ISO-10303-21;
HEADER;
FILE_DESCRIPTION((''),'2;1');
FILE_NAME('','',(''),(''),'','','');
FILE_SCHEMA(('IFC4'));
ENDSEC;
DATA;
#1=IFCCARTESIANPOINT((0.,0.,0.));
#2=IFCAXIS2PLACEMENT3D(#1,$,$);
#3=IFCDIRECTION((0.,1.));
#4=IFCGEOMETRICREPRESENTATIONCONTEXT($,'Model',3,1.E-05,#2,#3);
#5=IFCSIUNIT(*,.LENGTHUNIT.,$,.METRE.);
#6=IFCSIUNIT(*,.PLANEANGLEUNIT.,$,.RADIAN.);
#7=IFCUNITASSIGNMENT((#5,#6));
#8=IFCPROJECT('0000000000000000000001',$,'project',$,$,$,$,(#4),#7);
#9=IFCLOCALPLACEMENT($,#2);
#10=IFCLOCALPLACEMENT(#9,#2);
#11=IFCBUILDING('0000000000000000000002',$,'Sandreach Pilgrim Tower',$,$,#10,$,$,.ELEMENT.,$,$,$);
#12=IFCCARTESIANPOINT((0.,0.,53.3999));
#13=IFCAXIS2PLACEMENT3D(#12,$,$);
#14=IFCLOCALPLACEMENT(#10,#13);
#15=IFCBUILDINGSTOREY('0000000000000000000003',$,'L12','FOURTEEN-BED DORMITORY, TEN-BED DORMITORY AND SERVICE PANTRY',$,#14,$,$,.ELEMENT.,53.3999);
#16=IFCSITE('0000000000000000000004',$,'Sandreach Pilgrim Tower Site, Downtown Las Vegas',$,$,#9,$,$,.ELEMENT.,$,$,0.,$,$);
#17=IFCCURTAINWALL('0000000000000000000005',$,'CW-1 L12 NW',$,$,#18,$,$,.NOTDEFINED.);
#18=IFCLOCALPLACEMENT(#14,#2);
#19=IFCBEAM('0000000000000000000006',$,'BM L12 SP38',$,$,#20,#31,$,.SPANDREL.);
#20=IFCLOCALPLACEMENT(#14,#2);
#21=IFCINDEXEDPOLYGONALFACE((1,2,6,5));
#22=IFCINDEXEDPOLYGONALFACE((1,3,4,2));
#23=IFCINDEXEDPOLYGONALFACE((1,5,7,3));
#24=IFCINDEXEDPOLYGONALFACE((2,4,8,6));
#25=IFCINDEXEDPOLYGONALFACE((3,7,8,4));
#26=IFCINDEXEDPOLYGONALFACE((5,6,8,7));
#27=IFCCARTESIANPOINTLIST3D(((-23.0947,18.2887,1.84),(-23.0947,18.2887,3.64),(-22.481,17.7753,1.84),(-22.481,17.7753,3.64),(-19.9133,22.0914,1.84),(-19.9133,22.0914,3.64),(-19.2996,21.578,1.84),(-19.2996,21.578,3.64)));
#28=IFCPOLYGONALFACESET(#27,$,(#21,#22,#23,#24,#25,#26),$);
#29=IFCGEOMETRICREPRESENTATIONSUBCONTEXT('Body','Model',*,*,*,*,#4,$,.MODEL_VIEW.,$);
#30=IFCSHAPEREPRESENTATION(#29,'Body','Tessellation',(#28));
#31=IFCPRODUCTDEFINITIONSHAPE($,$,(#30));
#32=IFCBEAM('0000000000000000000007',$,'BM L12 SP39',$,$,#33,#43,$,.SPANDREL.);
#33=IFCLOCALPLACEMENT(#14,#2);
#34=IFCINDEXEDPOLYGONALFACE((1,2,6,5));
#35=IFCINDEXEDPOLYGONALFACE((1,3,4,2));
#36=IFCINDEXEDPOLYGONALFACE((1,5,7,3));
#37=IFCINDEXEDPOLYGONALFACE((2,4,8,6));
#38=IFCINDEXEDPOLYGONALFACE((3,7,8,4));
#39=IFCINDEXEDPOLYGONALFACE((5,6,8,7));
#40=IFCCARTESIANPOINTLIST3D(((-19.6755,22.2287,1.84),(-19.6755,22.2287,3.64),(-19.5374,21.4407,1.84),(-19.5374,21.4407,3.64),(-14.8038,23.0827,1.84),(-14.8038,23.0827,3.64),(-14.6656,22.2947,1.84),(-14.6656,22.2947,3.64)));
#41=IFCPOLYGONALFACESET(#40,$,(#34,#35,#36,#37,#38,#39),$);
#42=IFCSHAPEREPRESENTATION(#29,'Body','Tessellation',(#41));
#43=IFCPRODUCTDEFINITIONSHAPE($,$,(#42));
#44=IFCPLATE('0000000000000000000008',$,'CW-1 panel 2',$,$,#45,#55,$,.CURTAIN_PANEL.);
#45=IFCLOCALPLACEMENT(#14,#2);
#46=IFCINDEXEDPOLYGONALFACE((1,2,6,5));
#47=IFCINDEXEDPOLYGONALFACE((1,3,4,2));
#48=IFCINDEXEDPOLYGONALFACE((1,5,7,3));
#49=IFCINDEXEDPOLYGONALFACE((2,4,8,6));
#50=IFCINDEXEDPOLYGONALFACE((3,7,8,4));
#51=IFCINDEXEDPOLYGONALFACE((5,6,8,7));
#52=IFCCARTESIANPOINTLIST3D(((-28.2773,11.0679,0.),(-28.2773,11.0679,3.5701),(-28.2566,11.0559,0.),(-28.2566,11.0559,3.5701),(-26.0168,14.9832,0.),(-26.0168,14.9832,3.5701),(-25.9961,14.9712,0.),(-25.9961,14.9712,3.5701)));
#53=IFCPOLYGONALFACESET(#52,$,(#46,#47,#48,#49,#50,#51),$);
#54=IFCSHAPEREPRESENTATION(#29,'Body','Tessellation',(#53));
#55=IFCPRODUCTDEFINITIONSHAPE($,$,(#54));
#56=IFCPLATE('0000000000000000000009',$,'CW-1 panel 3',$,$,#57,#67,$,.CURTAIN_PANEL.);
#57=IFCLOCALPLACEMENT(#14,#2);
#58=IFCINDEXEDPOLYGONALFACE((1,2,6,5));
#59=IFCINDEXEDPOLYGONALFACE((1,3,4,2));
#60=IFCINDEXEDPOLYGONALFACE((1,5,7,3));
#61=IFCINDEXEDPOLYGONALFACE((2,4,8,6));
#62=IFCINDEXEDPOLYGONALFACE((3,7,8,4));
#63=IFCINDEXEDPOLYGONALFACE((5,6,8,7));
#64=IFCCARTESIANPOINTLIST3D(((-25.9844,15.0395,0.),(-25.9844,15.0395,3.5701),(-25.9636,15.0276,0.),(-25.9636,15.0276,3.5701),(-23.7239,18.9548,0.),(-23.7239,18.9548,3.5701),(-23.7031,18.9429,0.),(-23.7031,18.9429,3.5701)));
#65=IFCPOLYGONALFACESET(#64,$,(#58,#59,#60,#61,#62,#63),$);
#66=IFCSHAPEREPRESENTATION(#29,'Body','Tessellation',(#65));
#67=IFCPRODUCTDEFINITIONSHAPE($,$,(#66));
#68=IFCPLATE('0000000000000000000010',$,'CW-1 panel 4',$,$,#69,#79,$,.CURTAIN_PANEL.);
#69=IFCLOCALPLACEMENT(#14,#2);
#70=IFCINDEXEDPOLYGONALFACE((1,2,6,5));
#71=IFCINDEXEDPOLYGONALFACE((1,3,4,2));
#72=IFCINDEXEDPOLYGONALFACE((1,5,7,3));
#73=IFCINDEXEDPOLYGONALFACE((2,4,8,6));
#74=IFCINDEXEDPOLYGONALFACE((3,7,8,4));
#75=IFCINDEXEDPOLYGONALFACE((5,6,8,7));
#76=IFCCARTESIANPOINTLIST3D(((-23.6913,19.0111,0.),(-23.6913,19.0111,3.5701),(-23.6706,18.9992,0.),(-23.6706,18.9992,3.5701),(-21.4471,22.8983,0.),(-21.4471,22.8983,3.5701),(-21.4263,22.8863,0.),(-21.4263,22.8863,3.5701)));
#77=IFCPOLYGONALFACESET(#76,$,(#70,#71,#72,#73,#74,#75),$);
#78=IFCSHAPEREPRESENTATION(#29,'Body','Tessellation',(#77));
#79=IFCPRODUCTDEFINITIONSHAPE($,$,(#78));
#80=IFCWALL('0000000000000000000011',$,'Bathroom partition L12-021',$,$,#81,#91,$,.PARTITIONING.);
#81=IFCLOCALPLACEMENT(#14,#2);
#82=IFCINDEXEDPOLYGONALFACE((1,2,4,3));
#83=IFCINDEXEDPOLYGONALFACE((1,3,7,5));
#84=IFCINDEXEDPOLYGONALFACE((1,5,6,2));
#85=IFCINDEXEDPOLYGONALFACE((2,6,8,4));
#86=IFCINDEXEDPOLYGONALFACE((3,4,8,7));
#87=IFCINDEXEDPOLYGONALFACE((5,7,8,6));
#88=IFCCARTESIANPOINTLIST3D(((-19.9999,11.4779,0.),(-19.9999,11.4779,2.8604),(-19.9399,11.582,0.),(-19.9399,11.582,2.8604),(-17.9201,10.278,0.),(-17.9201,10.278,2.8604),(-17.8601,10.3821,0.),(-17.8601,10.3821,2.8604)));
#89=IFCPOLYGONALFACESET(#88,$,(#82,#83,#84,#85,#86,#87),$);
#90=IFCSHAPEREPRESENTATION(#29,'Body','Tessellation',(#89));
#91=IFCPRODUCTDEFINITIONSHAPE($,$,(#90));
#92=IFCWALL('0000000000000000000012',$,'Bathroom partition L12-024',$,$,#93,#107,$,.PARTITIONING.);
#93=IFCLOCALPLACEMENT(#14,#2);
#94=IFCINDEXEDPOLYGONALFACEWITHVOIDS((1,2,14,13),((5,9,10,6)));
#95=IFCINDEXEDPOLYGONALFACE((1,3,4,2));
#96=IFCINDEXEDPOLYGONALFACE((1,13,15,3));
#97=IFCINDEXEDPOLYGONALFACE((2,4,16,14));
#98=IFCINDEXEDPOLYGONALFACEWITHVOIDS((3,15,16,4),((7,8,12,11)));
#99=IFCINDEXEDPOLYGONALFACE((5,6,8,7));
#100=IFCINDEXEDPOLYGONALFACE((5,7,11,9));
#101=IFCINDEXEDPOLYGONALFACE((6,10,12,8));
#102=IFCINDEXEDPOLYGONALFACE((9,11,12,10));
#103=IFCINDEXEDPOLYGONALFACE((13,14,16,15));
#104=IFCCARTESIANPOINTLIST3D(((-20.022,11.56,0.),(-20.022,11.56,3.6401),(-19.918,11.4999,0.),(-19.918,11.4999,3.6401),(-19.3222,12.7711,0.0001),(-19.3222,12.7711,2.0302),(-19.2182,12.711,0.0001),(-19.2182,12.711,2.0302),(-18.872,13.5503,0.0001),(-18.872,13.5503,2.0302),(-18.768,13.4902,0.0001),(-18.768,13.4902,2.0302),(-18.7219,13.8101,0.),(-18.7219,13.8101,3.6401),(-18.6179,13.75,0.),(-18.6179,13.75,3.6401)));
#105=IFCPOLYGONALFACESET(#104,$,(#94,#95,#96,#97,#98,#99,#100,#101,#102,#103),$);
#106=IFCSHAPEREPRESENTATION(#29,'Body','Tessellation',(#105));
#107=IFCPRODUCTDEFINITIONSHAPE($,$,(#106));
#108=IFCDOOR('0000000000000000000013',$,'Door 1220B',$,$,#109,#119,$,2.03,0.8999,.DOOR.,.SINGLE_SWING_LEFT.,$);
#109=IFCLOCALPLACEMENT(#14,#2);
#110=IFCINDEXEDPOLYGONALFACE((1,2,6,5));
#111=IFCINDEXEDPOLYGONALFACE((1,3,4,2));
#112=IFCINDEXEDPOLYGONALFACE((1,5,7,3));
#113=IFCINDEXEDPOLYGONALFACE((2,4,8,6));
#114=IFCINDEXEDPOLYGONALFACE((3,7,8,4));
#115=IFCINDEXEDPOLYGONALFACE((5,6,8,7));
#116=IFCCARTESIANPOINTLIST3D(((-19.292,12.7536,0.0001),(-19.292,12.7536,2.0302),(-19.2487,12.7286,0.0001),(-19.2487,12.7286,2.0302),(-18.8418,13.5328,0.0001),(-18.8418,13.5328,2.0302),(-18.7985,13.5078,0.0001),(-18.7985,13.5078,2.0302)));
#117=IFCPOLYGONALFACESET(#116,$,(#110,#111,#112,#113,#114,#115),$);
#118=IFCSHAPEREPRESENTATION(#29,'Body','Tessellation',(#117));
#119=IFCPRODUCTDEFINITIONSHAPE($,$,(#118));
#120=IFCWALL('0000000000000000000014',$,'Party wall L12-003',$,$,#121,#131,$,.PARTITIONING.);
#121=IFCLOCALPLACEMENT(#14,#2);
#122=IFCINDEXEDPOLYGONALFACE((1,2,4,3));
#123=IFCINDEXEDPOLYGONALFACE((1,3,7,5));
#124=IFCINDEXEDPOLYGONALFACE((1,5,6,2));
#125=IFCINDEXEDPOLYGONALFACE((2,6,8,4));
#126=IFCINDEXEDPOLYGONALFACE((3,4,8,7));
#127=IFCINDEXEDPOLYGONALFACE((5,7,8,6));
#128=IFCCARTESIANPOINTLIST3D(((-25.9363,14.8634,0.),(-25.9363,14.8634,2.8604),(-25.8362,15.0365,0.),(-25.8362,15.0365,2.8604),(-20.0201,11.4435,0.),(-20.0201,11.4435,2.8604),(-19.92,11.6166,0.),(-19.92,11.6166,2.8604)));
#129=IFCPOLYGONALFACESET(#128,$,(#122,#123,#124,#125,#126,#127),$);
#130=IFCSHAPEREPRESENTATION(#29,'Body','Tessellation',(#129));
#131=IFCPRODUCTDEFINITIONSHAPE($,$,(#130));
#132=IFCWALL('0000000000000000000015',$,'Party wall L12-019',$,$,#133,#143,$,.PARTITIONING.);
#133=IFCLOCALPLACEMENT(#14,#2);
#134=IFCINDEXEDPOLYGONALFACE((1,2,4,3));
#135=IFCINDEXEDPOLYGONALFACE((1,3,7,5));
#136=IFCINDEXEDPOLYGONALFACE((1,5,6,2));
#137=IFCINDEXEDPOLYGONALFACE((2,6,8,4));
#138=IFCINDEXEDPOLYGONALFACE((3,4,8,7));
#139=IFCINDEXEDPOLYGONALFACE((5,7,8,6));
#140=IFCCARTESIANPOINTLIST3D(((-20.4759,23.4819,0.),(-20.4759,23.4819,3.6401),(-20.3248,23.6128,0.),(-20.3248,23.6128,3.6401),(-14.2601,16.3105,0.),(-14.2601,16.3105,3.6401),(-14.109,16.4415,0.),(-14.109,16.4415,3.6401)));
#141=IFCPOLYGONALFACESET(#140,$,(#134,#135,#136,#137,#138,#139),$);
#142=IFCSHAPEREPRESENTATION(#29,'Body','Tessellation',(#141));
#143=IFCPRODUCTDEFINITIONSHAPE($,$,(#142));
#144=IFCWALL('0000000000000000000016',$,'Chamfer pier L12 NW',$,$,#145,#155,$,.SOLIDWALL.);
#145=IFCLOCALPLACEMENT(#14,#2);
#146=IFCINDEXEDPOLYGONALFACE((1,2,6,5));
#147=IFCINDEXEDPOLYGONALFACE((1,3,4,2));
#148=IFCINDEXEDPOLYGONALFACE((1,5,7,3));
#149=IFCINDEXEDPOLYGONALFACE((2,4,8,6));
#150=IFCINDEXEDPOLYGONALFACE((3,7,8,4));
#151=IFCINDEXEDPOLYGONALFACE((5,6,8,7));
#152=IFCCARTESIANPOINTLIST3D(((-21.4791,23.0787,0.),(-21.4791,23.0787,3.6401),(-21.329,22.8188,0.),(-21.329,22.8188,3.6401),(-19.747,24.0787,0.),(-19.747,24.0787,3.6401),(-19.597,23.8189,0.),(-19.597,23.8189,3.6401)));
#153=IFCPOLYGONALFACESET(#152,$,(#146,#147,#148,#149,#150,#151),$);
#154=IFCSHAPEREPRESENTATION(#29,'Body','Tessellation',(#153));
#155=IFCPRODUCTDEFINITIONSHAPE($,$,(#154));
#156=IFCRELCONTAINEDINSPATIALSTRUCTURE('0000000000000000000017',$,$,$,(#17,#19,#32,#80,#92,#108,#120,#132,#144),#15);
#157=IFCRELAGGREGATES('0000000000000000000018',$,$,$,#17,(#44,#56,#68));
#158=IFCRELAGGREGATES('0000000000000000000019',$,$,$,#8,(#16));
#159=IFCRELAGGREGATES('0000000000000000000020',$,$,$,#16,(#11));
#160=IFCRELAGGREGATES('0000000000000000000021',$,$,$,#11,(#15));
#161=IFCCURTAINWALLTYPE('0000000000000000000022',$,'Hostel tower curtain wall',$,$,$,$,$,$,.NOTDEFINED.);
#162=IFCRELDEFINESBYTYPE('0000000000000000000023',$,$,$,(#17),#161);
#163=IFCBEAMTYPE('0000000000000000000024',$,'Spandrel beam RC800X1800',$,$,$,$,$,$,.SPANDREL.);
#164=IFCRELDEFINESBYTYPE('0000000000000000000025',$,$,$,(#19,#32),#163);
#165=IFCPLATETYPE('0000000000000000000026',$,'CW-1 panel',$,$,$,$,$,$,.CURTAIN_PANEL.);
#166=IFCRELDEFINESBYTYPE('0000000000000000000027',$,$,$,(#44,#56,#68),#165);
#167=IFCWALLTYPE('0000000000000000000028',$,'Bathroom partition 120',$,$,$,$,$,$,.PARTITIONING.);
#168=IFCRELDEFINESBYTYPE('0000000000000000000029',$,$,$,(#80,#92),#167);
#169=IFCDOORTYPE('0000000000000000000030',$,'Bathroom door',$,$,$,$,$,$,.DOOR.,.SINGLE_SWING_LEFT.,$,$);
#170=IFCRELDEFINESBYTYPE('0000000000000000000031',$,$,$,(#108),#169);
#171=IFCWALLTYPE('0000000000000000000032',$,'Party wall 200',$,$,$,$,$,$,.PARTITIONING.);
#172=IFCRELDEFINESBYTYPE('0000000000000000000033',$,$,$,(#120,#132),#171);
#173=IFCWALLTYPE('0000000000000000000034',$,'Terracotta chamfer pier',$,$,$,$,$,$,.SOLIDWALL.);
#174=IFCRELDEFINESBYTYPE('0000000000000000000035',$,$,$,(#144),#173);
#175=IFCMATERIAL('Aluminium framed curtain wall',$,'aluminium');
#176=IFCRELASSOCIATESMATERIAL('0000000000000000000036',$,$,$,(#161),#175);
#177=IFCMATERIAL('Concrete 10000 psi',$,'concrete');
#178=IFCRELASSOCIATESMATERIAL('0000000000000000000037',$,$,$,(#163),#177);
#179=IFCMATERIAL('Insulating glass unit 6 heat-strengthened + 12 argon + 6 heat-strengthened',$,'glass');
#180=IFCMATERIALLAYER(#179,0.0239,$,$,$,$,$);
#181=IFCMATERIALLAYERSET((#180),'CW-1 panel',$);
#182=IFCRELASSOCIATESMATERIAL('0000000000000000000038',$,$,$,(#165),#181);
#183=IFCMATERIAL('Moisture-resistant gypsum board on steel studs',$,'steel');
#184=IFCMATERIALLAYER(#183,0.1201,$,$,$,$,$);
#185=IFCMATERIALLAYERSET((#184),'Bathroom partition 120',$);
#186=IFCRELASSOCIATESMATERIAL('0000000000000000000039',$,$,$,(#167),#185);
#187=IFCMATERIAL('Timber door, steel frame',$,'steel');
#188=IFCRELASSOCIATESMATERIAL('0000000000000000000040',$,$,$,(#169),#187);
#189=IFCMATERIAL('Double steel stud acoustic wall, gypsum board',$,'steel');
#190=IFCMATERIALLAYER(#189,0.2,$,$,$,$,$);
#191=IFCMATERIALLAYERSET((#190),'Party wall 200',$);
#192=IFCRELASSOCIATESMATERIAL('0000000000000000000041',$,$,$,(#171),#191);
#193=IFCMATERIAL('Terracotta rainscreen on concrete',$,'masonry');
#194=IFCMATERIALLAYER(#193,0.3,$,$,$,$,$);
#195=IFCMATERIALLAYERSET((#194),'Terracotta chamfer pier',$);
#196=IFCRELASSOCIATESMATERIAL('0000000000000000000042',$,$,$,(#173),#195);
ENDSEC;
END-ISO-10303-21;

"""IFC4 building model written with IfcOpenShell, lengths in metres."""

from ifc_helpers import new_model, si_unit, direction, frame, frame_2d, origin, origin_2d, place, context, subcontext, project, spatial, rectangle, extrude, material, layer, layer_set, material_profile, profile_set, type_object, element, fill, aggregate, save


model = new_model("IFC4")

# Units and contexts
model_context = context("Model", 3, precision=1e-05, world=origin(), true_north=direction((0.0, 1.0)))
body_context = subcontext(model_context, "Body", "Model", "MODEL_VIEW")
ifc_project = project(units=[si_unit("LENGTHUNIT", "METRE"), si_unit("PLANEANGLEUNIT", "RADIAN")], contexts=[model_context])

# Site, building, storey
site_placement = place(None, origin())
site = spatial("IfcSite", under=ifc_project, at=site_placement, Name="Sandreach Pilgrim Tower Site, Downtown Las Vegas", CompositionType="ELEMENT", RefElevation=0.0)
building_placement = place(site_placement, origin())
building = spatial("IfcBuilding", under=site, at=building_placement, Name="Sandreach Pilgrim Tower", CompositionType="ELEMENT")
storey_placement = place(building_placement, frame((0.0, 0.0, 53.3999)))
storey = spatial("IfcBuildingStorey", under=building, at=storey_placement, Name="L12", Description="FOURTEEN-BED DORMITORY, TEN-BED DORMITORY AND SERVICE PANTRY", CompositionType="ELEMENT", Elevation=53.3999)

# Shared definitions
ifc_material_1 = material(Name="Aluminium framed curtain wall", Category="aluminium")
curtain_wall_type = type_object("IfcCurtainWallType", Name="Hostel tower curtain wall", PredefinedType="NOTDEFINED", material=ifc_material_1)

# Curtain wall
curtain_wall_1_placement = place(storey_placement, origin())
curtain_wall_1 = element("IfcCurtainWall", 1, at=curtain_wall_1_placement, inside=storey, type_object=curtain_wall_type, Name="CW-1 L12 NW", PredefinedType="NOTDEFINED")

# Beams
ifc_material_2 = material(Name="Concrete 10000 psi", Category="concrete")
ifc_material_profile_1 = material_profile(ifc_material_2, rectangle(XDim=0.8, YDim=1.8, at=origin_2d()), Name="RC800X1800")
ifc_profile_set_1 = profile_set([ifc_material_profile_1], Name="Concrete 10000 psi")
beam_type_1 = type_object("IfcBeamType", Name="Spandrel beam RC800X1800", PredefinedType="SPANDREL", material=ifc_profile_set_1)
beam_1_placement = place(storey_placement, frame((-22.7878, 18.032, 2.74), z_axis=(0.641665, 0.766985, 0.0), x_axis=(-0.766985, 0.641665, 0.0)))
element("IfcBeam", 2, at=beam_1_placement, inside=storey, type_object=beam_type_1, Name="BM L12 SP38", PredefinedType="SPANDREL", context=body_context, shape_type="SweptSolid", body=[
    extrude(rectangle(XDim=0.8, YDim=1.8, at=origin_2d()), origin(), (0.0, 0.0, 1.0), 4.958),
])
beam_2_placement = place(storey_placement, frame((-19.6064, 21.8347, 2.74), z_axis=(0.984981, 0.172662, 0.0), x_axis=(-0.172662, 0.984981, 0.0)))
element("IfcBeam", 3, at=beam_2_placement, inside=storey, type_object=beam_type_1, Name="BM L12 SP39", PredefinedType="SPANDREL", context=body_context, shape_type="SweptSolid", body=[
    extrude(rectangle(XDim=0.8, YDim=1.8, at=origin_2d()), origin(), (0.0, 0.0, 1.0), 4.946),
])

# Plates
ifc_material_3 = material(Name="Insulating glass unit 6 heat-strengthened + 12 argon + 6 heat-strengthened", Category="glass")
ifc_layer_1 = layer(ifc_material_3, 0.0239)
ifc_layer_set_1 = layer_set([ifc_layer_1], Name="CW-1 panel")
plate_type = type_object("IfcPlateType", Name="CW-1 panel", PredefinedType="CURTAIN_PANEL", material=ifc_layer_set_1)
plate_1_placement = place(storey_placement, frame((-27.1367, 13.0195, 0.0), z_axis=(0.0, 0.0, 1.0), x_axis=(0.5, 0.866025, 0.0)))
plate_1 = element("IfcPlate", 4, at=plate_1_placement, type_object=plate_type, Name="CW-1 panel 2", PredefinedType="CURTAIN_PANEL", context=body_context, shape_type="SweptSolid", body=[
    extrude(rectangle(XDim=4.521, YDim=0.0239, at=origin_2d()), origin(), (0.0, 0.0, 1.0), 3.5701),
])
plate_2_placement = place(storey_placement, frame((-24.8438, 16.9912, 0.0), z_axis=(0.0, 0.0, 1.0), x_axis=(0.5, 0.866025, 0.0)))
plate_2 = element("IfcPlate", 5, at=plate_2_placement, type_object=plate_type, Name="CW-1 panel 3", PredefinedType="CURTAIN_PANEL", context=body_context, shape_type="SweptSolid", body=[
    extrude(rectangle(XDim=4.521, YDim=0.0239, at=origin_2d()), origin(), (0.0, 0.0, 1.0), 3.5701),
])
plate_3_placement = place(storey_placement, frame((-22.5588, 20.9487, 0.0), z_axis=(0.0, 0.0, 1.0), x_axis=(0.5, 0.866025, 0.0)))
plate_3 = element("IfcPlate", 6, at=plate_3_placement, type_object=plate_type, Name="CW-1 panel 4", PredefinedType="CURTAIN_PANEL", context=body_context, shape_type="SweptSolid", body=[
    extrude(rectangle(XDim=4.4885, YDim=0.0239, at=origin_2d()), origin(), (0.0, 0.0, 1.0), 3.5701),
])
aggregate(curtain_wall_1, [plate_1, plate_2, plate_3])

# Wall
ifc_material_4 = material(Name="Moisture-resistant gypsum board on steel studs", Category="steel")
ifc_layer_2 = layer(ifc_material_4, 0.1201)
ifc_layer_set_2 = layer_set([ifc_layer_2], Name="Bathroom partition 120")
wall_type_1 = type_object("IfcWallType", Name="Bathroom partition 120", PredefinedType="PARTITIONING", material=ifc_layer_set_2)
wall_1_placement = place(storey_placement, frame((-19.97, 11.53, 0.0), z_axis=(0.0, 0.0, 1.0), x_axis=(0.866177, -0.499737, 0.0)))
element("IfcWall", 7, at=wall_1_placement, inside=storey, type_object=wall_type_1, Name="Bathroom partition L12-021", PredefinedType="PARTITIONING", context=body_context, shape_type="SweptSolid", body=[
    extrude(rectangle(XDim=2.4011, YDim=0.1201, at=frame_2d((1.2007, 0.0))), origin(), (0.0, 0.0, 1.0), 2.8604),
])

# Wall, opening, door
wall_2_placement = place(storey_placement, frame((-18.6699, 13.78, 0.0), z_axis=(0.0, 0.0, 1.0), x_axis=(-0.500292, -0.865857, 0.0)))
wall_2 = element("IfcWall", 8, at=wall_2_placement, inside=storey, type_object=wall_type_1, Name="Bathroom partition L12-024", PredefinedType="PARTITIONING", context=body_context, shape_type="SweptSolid", body=[
    extrude(rectangle(XDim=2.5986, YDim=0.1201, at=frame_2d((1.2993, 0.0))), origin(), (0.0, 0.0, 1.0), 3.6401),
])
opening_placement = place(wall_2_placement, frame((0.3, 0.0, 0.0)))
opening = element("IfcOpeningElement", 9, at=opening_placement, cuts=wall_2, PredefinedType="OPENING", context=body_context, shape_type="SweptSolid", body=[
    extrude(rectangle(XDim=0.8999, YDim=2.03, at=frame_2d((0.45, 1.0151))), frame((0.0, 0.0601, 0.0), z_axis=(0.0, -1.0, 0.0), x_axis=(1.0, 0.0, 0.0)), (0.0, 0.0, 1.0), 0.1201),
])
ifc_material_5 = material(Name="Timber door, steel frame", Category="steel")
door_type = type_object("IfcDoorType", Name="Bathroom door", OperationType="SINGLE_SWING_LEFT", PredefinedType="DOOR", material=ifc_material_5)
door_placement = place(opening_placement, origin())
door = element("IfcDoor", 10, at=door_placement, inside=storey, type_object=door_type, Name="Door 1220B", OperationType="SINGLE_SWING_LEFT", OverallHeight=2.03, OverallWidth=0.8999, PredefinedType="DOOR", context=body_context, shape_type="SweptSolid", body=[
    extrude(rectangle(XDim=0.8999, YDim=2.03, at=frame_2d((0.45, 1.0151))), frame((0.0, 0.0249, 0.0), z_axis=(0.0, -1.0, 0.0), x_axis=(1.0, 0.0, 0.0)), (0.0, 0.0, 1.0), 0.05),
])
fill(opening, door)

# Walls
ifc_material_6 = material(Name="Double steel stud acoustic wall, gypsum board", Category="steel")
ifc_layer_3 = layer(ifc_material_6, 0.2)
ifc_layer_set_3 = layer_set([ifc_layer_3], Name="Party wall 200")
wall_type_2 = type_object("IfcWallType", Name="Party wall 200", PredefinedType="PARTITIONING", material=ifc_layer_set_3)
wall_3_placement = place(storey_placement, frame((-25.8862, 14.95, 0.0), z_axis=(0.0, 0.0, 1.0), x_axis=(0.865761, -0.500457, 0.0)))
element("IfcWall", 11, at=wall_3_placement, inside=storey, type_object=wall_type_2, Name="Party wall L12-003", PredefinedType="PARTITIONING", context=body_context, shape_type="SweptSolid", body=[
    extrude(rectangle(XDim=6.8335, YDim=0.2, at=frame_2d((3.4167, 0.0))), origin(), (0.0, 0.0, 1.0), 2.8604),
])
wall_4_placement = place(storey_placement, frame((-20.4004, 23.5474, 0.0), z_axis=(0.0, 0.0, 1.0), x_axis=(0.654968, -0.755657, 0.0)))
element("IfcWall", 12, at=wall_4_placement, inside=storey, type_object=wall_type_2, Name="Party wall L12-019", PredefinedType="PARTITIONING", context=body_context, shape_type="SweptSolid", body=[
    extrude(rectangle(XDim=9.4902, YDim=0.2, at=frame_2d((4.7451, 0.0))), origin(), (0.0, 0.0, 1.0), 3.6401),
])
ifc_material_7 = material(Name="Terracotta rainscreen on concrete", Category="masonry")
ifc_layer_4 = layer(ifc_material_7, 0.3)
ifc_layer_set_4 = layer_set([ifc_layer_4], Name="Terracotta chamfer pier")
wall_type_3 = type_object("IfcWallType", Name="Terracotta chamfer pier", PredefinedType="SOLIDWALL", material=ifc_layer_set_4)
wall_5_placement = place(storey_placement, frame((-21.4041, 22.9487, 0.0), z_axis=(0.0, 0.0, 1.0), x_axis=(0.866011, 0.500025, 0.0)))
element("IfcWall", 13, at=wall_5_placement, inside=storey, type_object=wall_type_3, Name="Chamfer pier L12 NW", PredefinedType="SOLIDWALL", context=body_context, shape_type="SweptSolid", body=[
    extrude(rectangle(XDim=2.0, YDim=0.3, at=frame_2d((1.0, 0.0))), origin(), (0.0, 0.0, 1.0), 3.6401),
])

save(model, "model.ifc")
